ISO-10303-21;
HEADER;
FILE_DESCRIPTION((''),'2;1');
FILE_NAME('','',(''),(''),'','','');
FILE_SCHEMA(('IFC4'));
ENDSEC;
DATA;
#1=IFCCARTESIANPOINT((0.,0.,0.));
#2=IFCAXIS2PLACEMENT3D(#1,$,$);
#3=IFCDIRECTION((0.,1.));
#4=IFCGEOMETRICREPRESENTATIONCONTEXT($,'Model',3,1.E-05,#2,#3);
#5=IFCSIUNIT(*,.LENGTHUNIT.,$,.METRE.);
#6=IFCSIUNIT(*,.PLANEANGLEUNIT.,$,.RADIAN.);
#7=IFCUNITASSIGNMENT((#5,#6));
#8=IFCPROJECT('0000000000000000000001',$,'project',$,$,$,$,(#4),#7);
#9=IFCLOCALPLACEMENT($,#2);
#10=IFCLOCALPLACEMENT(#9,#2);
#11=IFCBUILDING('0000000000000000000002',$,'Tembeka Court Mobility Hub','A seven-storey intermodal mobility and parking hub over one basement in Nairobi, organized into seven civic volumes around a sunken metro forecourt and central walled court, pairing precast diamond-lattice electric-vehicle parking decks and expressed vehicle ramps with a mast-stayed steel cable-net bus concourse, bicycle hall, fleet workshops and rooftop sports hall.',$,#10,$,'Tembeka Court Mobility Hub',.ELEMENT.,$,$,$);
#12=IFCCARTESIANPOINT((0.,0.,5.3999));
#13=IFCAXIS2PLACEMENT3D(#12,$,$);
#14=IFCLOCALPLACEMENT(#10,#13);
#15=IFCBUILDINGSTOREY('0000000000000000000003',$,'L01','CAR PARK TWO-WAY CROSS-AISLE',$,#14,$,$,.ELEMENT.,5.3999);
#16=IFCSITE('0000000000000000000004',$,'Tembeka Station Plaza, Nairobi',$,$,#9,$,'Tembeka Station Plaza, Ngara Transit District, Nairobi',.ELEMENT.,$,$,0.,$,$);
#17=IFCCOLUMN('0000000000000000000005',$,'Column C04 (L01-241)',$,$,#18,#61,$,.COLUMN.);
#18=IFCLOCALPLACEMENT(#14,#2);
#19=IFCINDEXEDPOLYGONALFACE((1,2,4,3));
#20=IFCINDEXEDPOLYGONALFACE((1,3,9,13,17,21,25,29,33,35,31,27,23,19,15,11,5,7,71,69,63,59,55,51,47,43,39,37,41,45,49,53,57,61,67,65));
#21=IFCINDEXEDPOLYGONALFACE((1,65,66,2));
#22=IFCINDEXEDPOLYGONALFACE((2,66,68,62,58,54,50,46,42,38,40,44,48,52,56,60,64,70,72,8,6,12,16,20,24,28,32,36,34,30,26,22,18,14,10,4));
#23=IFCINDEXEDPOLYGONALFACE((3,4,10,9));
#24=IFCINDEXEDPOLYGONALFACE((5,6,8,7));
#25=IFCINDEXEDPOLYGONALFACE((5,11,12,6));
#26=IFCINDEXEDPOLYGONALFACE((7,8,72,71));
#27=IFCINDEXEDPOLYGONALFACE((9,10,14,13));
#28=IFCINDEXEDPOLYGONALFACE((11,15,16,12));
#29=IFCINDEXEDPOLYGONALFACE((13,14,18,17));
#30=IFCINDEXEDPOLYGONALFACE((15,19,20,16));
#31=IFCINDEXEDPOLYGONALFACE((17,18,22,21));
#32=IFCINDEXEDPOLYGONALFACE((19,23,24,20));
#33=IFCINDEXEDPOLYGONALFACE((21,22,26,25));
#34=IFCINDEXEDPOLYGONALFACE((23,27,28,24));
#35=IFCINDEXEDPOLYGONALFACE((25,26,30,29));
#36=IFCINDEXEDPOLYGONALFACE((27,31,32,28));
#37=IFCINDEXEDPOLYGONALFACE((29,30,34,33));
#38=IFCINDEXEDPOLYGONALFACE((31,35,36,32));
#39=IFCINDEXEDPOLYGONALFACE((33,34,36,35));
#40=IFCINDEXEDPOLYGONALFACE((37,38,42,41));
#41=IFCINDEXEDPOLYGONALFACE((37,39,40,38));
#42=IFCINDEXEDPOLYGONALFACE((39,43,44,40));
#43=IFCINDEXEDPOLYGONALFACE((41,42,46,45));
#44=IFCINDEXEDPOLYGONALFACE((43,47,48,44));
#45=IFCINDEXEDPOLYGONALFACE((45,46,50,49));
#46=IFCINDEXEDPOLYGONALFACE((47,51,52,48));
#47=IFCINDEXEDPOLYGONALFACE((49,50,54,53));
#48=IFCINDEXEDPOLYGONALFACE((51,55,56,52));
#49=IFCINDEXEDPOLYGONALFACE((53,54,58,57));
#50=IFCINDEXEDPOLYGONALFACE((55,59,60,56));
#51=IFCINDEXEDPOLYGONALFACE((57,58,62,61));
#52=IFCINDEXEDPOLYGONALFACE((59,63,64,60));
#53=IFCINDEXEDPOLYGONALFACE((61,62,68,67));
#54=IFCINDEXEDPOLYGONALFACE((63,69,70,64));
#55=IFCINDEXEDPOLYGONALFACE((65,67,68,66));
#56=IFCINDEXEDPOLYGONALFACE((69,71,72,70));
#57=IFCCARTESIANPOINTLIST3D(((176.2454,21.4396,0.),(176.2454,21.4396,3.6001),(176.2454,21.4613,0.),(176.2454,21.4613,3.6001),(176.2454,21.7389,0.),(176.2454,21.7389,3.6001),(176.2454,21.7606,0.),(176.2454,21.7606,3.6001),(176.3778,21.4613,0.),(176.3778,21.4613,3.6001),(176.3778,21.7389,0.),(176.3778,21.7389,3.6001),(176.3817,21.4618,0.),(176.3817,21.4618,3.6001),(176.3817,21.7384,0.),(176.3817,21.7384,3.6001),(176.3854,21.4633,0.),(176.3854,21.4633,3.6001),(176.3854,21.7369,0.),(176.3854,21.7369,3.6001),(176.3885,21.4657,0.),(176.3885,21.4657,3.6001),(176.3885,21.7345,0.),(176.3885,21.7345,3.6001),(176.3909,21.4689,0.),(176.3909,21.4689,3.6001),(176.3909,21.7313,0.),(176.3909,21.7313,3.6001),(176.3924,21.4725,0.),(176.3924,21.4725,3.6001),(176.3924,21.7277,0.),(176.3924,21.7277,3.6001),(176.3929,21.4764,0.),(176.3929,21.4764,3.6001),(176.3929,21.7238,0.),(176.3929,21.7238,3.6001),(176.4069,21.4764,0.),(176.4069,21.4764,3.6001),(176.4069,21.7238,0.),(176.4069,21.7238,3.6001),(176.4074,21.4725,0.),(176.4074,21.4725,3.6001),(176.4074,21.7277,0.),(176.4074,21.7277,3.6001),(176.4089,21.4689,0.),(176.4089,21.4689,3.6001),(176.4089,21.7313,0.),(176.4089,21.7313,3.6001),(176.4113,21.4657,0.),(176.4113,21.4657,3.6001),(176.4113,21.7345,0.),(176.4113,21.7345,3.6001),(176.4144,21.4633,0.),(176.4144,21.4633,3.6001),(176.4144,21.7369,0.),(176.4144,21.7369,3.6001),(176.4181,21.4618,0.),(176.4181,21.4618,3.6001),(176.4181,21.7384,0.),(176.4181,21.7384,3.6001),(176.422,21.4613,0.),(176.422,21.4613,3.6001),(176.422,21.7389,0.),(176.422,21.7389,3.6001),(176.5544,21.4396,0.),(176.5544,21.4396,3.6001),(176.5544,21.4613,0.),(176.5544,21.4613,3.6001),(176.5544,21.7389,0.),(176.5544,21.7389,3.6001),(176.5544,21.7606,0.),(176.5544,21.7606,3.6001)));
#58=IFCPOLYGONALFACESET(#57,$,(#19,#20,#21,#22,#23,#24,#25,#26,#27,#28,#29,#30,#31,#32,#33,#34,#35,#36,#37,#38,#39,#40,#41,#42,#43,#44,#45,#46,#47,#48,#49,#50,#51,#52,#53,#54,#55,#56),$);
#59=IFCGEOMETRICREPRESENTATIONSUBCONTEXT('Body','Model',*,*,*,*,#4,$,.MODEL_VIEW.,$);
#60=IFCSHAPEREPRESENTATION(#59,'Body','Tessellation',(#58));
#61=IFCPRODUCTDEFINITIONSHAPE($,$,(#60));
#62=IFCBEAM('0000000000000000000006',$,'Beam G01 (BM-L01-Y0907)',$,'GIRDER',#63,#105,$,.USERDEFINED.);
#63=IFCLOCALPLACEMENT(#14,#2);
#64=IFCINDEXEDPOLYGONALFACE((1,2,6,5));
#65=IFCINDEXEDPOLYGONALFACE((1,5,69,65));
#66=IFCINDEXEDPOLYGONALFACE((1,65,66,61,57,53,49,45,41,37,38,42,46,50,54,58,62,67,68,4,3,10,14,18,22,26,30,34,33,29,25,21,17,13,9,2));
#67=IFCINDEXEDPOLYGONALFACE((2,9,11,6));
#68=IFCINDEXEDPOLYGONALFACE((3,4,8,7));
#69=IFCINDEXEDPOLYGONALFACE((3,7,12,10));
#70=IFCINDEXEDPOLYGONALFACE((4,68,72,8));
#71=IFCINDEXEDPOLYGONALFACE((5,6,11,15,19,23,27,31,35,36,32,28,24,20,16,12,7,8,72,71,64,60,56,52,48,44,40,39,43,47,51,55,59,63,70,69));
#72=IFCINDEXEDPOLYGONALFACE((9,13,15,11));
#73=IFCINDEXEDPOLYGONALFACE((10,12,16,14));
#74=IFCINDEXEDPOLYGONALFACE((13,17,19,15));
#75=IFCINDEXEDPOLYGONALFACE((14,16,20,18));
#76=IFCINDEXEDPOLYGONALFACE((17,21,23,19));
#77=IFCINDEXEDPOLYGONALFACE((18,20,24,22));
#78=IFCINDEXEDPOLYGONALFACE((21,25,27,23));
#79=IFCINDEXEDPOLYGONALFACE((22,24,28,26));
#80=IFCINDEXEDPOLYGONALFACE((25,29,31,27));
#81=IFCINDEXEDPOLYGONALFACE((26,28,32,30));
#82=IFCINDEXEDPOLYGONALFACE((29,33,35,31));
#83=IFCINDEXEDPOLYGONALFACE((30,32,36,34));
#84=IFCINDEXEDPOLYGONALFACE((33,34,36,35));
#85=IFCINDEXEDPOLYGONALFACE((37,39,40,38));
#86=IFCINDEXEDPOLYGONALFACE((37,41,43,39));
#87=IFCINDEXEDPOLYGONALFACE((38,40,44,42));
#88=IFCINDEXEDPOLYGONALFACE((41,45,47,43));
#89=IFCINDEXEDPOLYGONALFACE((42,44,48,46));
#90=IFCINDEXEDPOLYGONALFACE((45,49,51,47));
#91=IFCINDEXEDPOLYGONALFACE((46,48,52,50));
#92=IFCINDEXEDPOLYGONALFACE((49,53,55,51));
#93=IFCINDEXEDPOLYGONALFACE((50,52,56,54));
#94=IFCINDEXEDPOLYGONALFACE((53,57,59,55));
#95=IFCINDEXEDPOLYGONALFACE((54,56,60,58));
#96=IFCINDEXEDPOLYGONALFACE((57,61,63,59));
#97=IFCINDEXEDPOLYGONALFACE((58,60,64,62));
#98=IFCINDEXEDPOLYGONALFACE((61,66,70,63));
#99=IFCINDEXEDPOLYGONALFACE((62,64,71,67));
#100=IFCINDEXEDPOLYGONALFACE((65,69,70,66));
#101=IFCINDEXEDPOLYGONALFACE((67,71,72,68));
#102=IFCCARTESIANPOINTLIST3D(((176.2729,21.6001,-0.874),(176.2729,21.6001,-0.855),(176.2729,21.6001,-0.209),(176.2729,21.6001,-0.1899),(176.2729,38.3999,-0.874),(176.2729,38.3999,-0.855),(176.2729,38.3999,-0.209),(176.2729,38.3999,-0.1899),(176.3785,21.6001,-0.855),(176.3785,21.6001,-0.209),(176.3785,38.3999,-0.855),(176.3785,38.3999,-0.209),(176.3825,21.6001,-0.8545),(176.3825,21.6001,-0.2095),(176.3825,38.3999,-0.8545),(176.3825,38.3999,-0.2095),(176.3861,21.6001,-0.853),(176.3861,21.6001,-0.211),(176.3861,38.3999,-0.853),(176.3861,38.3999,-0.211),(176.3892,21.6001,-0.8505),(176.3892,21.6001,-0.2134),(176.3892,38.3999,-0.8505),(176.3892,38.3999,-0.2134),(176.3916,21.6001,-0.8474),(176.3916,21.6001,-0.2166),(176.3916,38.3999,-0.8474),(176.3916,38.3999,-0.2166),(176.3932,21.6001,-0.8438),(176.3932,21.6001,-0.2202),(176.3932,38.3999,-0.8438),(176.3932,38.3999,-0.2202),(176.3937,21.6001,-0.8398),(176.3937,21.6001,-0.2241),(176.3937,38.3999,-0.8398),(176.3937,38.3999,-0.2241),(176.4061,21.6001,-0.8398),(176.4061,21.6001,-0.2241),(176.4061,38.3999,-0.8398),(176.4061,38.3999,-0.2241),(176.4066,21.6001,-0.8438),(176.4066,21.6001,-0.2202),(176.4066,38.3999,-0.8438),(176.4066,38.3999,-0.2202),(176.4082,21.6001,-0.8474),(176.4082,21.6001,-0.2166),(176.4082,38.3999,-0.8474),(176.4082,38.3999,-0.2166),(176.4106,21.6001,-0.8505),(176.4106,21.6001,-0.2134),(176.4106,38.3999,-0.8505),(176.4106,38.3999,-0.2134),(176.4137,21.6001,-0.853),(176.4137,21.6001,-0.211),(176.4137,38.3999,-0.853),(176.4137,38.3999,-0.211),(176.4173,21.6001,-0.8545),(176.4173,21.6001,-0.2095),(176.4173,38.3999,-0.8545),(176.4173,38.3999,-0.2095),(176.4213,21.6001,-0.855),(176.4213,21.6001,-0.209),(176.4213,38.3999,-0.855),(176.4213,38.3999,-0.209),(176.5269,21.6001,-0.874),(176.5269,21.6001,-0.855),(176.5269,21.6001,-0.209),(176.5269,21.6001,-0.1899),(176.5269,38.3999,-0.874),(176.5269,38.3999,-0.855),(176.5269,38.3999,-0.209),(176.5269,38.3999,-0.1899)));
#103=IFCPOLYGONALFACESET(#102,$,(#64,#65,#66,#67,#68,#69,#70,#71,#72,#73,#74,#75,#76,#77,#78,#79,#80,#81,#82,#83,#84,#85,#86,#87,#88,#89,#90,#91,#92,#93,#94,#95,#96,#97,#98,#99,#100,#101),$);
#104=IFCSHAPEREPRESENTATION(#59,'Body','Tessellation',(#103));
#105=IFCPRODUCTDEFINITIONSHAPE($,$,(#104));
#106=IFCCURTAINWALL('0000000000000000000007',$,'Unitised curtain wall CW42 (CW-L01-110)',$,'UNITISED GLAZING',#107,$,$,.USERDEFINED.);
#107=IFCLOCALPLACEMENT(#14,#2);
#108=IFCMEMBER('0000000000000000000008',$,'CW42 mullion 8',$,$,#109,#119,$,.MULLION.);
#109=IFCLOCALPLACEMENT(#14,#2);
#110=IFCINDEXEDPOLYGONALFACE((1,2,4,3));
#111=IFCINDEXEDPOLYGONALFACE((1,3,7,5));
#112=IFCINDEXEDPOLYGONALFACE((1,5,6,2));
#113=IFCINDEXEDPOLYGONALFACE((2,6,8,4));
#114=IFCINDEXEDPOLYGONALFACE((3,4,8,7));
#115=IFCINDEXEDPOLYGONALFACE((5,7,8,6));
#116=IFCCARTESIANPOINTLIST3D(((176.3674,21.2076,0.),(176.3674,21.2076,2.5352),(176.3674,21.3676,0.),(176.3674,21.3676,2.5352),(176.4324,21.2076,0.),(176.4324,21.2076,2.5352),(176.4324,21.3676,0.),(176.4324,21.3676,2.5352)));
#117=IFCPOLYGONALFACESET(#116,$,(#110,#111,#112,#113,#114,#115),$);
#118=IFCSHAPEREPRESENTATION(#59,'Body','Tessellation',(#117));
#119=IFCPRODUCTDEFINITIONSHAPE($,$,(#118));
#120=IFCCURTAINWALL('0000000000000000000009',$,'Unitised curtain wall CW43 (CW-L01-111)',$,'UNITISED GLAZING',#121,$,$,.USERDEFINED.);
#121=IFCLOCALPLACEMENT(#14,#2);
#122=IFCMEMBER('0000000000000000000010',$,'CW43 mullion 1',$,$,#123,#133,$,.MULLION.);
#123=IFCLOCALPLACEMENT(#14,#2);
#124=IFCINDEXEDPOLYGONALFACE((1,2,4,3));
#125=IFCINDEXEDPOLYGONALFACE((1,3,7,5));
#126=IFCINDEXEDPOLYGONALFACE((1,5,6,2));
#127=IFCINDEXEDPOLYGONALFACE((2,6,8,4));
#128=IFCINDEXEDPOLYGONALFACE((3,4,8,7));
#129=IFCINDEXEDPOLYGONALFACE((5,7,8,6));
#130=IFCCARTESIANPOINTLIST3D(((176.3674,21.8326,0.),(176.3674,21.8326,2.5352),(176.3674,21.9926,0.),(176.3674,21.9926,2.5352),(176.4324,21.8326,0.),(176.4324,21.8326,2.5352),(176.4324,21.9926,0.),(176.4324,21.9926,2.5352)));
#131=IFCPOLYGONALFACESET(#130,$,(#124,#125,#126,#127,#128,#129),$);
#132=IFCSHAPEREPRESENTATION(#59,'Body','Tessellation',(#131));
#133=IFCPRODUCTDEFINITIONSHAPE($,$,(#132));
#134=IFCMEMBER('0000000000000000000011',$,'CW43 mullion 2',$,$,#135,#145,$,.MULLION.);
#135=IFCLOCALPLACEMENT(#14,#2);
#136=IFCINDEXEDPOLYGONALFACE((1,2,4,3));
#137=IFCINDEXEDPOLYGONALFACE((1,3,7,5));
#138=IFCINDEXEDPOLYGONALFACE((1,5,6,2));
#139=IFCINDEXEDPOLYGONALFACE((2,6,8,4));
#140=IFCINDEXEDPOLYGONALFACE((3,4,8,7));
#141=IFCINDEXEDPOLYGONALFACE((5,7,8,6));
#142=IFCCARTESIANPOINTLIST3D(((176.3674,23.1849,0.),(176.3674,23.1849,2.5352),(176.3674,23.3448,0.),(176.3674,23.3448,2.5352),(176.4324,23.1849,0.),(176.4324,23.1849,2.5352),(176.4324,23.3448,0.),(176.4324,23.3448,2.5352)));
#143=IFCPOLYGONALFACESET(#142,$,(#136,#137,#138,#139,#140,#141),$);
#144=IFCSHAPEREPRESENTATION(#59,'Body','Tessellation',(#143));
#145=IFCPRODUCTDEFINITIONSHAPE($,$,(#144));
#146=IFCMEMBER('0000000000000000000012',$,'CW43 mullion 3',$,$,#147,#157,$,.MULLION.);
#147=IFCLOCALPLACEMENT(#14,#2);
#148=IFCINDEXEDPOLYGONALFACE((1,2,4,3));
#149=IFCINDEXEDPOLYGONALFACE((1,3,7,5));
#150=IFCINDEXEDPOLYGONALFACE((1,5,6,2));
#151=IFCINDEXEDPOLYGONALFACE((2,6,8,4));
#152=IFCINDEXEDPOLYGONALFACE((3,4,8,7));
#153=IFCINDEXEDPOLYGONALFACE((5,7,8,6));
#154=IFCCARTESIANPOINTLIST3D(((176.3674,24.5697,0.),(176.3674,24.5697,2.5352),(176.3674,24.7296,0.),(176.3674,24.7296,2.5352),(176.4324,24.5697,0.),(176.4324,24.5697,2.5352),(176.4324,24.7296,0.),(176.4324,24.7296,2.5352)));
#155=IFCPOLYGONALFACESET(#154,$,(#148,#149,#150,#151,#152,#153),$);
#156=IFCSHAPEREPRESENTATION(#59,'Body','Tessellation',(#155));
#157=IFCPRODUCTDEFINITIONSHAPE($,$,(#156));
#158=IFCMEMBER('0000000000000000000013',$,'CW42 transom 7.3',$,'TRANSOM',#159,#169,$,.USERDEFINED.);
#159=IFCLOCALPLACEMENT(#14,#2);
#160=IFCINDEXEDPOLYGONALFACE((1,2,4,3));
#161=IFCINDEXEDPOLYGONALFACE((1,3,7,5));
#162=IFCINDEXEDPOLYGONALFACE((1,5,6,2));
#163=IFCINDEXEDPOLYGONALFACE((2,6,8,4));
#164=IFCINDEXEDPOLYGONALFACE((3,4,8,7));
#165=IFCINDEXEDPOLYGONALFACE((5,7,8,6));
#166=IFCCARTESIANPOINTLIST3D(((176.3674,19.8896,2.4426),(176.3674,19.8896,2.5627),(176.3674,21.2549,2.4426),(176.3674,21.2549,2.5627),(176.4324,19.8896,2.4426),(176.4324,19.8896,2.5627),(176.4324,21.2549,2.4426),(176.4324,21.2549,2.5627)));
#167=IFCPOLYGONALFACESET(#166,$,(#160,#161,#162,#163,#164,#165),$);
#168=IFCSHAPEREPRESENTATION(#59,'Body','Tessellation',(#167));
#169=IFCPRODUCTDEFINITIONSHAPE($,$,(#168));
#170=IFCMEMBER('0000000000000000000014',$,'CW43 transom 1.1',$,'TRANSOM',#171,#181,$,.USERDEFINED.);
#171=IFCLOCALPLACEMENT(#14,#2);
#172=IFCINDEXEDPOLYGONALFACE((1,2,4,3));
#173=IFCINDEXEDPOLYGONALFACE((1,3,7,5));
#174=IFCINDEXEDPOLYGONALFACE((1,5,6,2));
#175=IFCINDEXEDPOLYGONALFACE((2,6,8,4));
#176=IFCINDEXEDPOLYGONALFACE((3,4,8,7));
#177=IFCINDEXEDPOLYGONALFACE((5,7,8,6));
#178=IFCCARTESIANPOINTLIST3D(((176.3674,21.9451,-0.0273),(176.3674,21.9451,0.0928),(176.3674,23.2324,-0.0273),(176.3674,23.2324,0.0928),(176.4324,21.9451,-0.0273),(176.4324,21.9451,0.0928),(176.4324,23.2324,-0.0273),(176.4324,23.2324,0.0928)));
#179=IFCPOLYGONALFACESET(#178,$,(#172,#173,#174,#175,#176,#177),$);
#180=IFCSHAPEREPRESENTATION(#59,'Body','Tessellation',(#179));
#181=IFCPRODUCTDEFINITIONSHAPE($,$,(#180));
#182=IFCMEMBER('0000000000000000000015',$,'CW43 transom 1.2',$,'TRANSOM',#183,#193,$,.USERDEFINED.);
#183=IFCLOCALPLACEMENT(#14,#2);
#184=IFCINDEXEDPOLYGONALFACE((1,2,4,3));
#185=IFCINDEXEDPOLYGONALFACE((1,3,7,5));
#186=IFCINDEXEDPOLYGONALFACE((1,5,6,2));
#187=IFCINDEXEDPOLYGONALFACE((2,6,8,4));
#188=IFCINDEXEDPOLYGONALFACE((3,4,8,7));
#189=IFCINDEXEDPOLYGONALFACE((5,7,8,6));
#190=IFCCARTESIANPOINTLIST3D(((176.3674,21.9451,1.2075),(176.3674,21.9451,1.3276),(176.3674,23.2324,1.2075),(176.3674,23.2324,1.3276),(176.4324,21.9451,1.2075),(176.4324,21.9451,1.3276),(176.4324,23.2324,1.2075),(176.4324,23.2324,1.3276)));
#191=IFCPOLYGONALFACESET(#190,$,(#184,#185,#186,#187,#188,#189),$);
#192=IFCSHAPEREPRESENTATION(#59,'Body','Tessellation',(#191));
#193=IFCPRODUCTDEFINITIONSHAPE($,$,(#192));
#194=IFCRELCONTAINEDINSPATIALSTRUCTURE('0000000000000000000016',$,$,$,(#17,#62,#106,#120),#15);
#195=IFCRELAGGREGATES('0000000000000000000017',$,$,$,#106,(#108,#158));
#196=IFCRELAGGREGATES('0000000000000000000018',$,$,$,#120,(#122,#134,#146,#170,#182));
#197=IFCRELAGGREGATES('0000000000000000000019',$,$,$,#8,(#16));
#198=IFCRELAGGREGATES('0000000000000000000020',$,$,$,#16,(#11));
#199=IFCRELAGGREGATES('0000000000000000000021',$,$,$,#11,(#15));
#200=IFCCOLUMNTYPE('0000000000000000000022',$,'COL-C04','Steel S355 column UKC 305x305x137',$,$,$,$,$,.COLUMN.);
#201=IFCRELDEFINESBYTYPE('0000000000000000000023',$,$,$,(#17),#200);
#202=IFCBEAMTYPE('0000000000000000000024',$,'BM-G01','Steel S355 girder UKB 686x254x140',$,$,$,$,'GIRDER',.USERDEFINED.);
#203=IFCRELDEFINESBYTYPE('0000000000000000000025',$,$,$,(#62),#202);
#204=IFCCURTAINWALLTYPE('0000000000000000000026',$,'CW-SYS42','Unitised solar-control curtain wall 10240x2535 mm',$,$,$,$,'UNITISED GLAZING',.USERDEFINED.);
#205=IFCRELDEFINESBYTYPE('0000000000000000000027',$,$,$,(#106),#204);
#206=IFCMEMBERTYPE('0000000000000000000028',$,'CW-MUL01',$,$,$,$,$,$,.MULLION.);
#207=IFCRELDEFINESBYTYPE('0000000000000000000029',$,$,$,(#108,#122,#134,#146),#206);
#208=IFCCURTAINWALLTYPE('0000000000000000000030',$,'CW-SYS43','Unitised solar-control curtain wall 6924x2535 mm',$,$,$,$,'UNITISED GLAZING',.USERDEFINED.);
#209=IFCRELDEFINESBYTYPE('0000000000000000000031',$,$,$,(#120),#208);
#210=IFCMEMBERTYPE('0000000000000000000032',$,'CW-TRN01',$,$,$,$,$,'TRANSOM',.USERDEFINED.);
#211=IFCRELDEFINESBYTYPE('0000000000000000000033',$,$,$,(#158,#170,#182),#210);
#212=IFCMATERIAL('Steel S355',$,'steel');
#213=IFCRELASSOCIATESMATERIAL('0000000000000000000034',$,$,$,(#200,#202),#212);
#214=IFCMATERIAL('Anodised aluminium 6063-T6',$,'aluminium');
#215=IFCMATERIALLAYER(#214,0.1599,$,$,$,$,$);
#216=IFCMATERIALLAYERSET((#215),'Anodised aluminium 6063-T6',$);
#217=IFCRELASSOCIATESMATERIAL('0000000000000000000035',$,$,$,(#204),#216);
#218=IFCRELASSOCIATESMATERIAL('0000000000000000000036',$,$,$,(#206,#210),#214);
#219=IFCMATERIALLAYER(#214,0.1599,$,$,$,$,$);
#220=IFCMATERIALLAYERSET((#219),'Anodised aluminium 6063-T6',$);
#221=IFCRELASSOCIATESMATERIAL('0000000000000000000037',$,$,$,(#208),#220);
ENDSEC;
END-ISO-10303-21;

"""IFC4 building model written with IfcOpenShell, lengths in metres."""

from ifc_helpers import new_model, si_unit, direction, frame, origin, origin_2d, place, context, subcontext, project, spatial, rectangle, i_section, extrude, material, layer, layer_set, material_profile, profile_set, type_object, element, aggregate, save


model = new_model("IFC4")

# Units and contexts
model_context = context("Model", 3, precision=1e-05, world=origin(), true_north=direction((0.0, 1.0)))
body_context = subcontext(model_context, "Body", "Model", "MODEL_VIEW")
ifc_project = project(units=[si_unit("LENGTHUNIT", "METRE"), si_unit("PLANEANGLEUNIT", "RADIAN")], contexts=[model_context])

# Site, building, storey
site_placement = place(None, origin())
site = spatial("IfcSite", under=ifc_project, at=site_placement, Name="Tembeka Station Plaza, Nairobi", LongName="Tembeka Station Plaza, Ngara Transit District, Nairobi", CompositionType="ELEMENT", RefElevation=0.0)
building_placement = place(site_placement, origin())
building = spatial("IfcBuilding", under=site, at=building_placement, Name="Tembeka Court Mobility Hub", Description="A seven-storey intermodal mobility and parking hub over one basement in Nairobi, organized into seven civic volumes around a sunken metro forecourt and central walled court, pairing precast diamond-lattice electric-vehicle parking decks and expressed vehicle ramps with a mast-stayed steel cable-net bus concourse, bicycle hall, fleet workshops and rooftop sports hall.", LongName="Tembeka Court Mobility Hub", CompositionType="ELEMENT")
storey_placement = place(building_placement, frame((0.0, 0.0, 5.3999)))
storey = spatial("IfcBuildingStorey", under=building, at=storey_placement, Name="L01", Description="CAR PARK TWO-WAY CROSS-AISLE", CompositionType="ELEMENT", Elevation=5.3999)

# Column
ifc_material_1 = material(Name="Steel S355", Category="steel")
ifc_material_profile_1 = material_profile(ifc_material_1, i_section(OverallWidth=0.3091, OverallDepth=0.321, WebThickness=0.0139, FlangeThickness=0.0217, FilletRadius=0.0151, at=origin_2d()), Name="UKC 305x305x137")
ifc_profile_set_1 = profile_set([ifc_material_profile_1], Name="Steel S355")
column_type = type_object("IfcColumnType", Name="COL-C04", Description="Steel S355 column UKC 305x305x137", PredefinedType="COLUMN", material=ifc_profile_set_1)
column_placement = place(storey_placement, frame((176.3999, 21.6001, 0.0), z_axis=(0.0, 0.0, 1.0), x_axis=(1.0, 0.0, 0.0)))
element("IfcColumn", 1, at=column_placement, inside=storey, type_object=column_type, Name="Column C04 (L01-241)", PredefinedType="COLUMN", context=body_context, shape_type="SweptSolid", body=[
    extrude(i_section(OverallWidth=0.3091, OverallDepth=0.321, WebThickness=0.0139, FlangeThickness=0.0217, FilletRadius=0.0151, at=origin_2d()), origin(), (0.0, 0.0, 1.0), 3.6001),
])

# Beam
ifc_material_profile_2 = material_profile(ifc_material_1, i_section(OverallWidth=0.2539, OverallDepth=0.6841, WebThickness=0.0125, FlangeThickness=0.019, FilletRadius=0.0151, at=origin_2d()), Name="UKB 686x254x140")
ifc_profile_set_2 = profile_set([ifc_material_profile_2], Name="Steel S355")
beam_type = type_object("IfcBeamType", Name="BM-G01", Description="Steel S355 girder UKB 686x254x140", ElementType="GIRDER", PredefinedType="USERDEFINED", material=ifc_profile_set_2)
beam_placement = place(storey_placement, frame((176.3999, 21.6001, -0.532), z_axis=(0.0, 1.0, 0.0), x_axis=(-1.0, 0.0, 0.0)))
element("IfcBeam", 2, at=beam_placement, inside=storey, type_object=beam_type, Name="Beam G01 (BM-L01-Y0907)", ObjectType="GIRDER", PredefinedType="USERDEFINED", context=body_context, shape_type="SweptSolid", body=[
    extrude(i_section(OverallWidth=0.2539, OverallDepth=0.6841, WebThickness=0.0125, FlangeThickness=0.019, FilletRadius=0.0151, at=origin_2d()), origin(), (0.0, 0.0, 1.0), 16.7998),
])

# Curtain wall, member
ifc_material_2 = material(Name="Anodised aluminium 6063-T6", Category="aluminium")
ifc_layer_1 = layer(ifc_material_2, 0.1599)
ifc_layer_set_1 = layer_set([ifc_layer_1], Name="Anodised aluminium 6063-T6")
curtain_wall_type_1 = type_object("IfcCurtainWallType", Name="CW-SYS42", Description="Unitised solar-control curtain wall 10240x2535 mm", ElementType="UNITISED GLAZING", PredefinedType="USERDEFINED", material=ifc_layer_set_1)
curtain_wall_1_placement = place(storey_placement, origin())
curtain_wall_1 = element("IfcCurtainWall", 3, at=curtain_wall_1_placement, inside=storey, type_object=curtain_wall_type_1, Name="Unitised curtain wall CW42 (CW-L01-110)", ObjectType="UNITISED GLAZING", PredefinedType="USERDEFINED")
ifc_material_profile_3 = material_profile(ifc_material_2, rectangle(XDim=0.0649, YDim=0.1599, at=origin_2d()), Name="ALU-MUL 65x160")
ifc_profile_set_3 = profile_set([ifc_material_profile_3], Name="Anodised aluminium 6063-T6")
member_type_1 = type_object("IfcMemberType", Name="CW-MUL01", PredefinedType="MULLION", material=ifc_profile_set_3)
member_1_placement = place(storey_placement, frame((176.3999, 21.2876, 0.0), z_axis=(0.0, 0.0, 1.0), x_axis=(-1.0, 0.0, 0.0)))
member_1 = element("IfcMember", 4, at=member_1_placement, type_object=member_type_1, Name="CW42 mullion 8", PredefinedType="MULLION", context=body_context, shape_type="SweptSolid", body=[
    extrude(rectangle(XDim=0.0649, YDim=0.1599, at=origin_2d()), origin(), (0.0, 0.0, 1.0), 2.5352),
])

# Curtain wall, members
ifc_layer_2 = layer(ifc_material_2, 0.1599)
ifc_layer_set_2 = layer_set([ifc_layer_2], Name="Anodised aluminium 6063-T6")
curtain_wall_type_2 = type_object("IfcCurtainWallType", Name="CW-SYS43", Description="Unitised solar-control curtain wall 6924x2535 mm", ElementType="UNITISED GLAZING", PredefinedType="USERDEFINED", material=ifc_layer_set_2)
curtain_wall_2_placement = place(storey_placement, origin())
curtain_wall_2 = element("IfcCurtainWall", 5, at=curtain_wall_2_placement, inside=storey, type_object=curtain_wall_type_2, Name="Unitised curtain wall CW43 (CW-L01-111)", ObjectType="UNITISED GLAZING", PredefinedType="USERDEFINED")
member_2_placement = place(storey_placement, frame((176.3999, 21.9126, 0.0), z_axis=(0.0, 0.0, 1.0), x_axis=(-1.0, 0.0, 0.0)))
member_2 = element("IfcMember", 6, at=member_2_placement, type_object=member_type_1, Name="CW43 mullion 1", PredefinedType="MULLION", context=body_context, shape_type="SweptSolid", body=[
    extrude(rectangle(XDim=0.0649, YDim=0.1599, at=origin_2d()), origin(), (0.0, 0.0, 1.0), 2.5352),
])
member_3_placement = place(storey_placement, frame((176.3999, 23.2649, 0.0), z_axis=(0.0, 0.0, 1.0), x_axis=(-1.0, 0.0, 0.0)))
member_3 = element("IfcMember", 7, at=member_3_placement, type_object=member_type_1, Name="CW43 mullion 2", PredefinedType="MULLION", context=body_context, shape_type="SweptSolid", body=[
    extrude(rectangle(XDim=0.0649, YDim=0.1599, at=origin_2d()), origin(), (0.0, 0.0, 1.0), 2.5352),
])
member_4_placement = place(storey_placement, frame((176.3999, 24.6497, 0.0), z_axis=(0.0, 0.0, 1.0), x_axis=(-1.0, 0.0, 0.0)))
member_4 = element("IfcMember", 8, at=member_4_placement, type_object=member_type_1, Name="CW43 mullion 3", PredefinedType="MULLION", context=body_context, shape_type="SweptSolid", body=[
    extrude(rectangle(XDim=0.0649, YDim=0.1599, at=origin_2d()), origin(), (0.0, 0.0, 1.0), 2.5352),
])

# Members
ifc_material_profile_4 = material_profile(ifc_material_2, rectangle(XDim=0.0649, YDim=0.1201, at=origin_2d()), Name="ALU-TRN 65x120")
ifc_profile_set_4 = profile_set([ifc_material_profile_4], Name="Anodised aluminium 6063-T6")
member_type_2 = type_object("IfcMemberType", Name="CW-TRN01", ElementType="TRANSOM", PredefinedType="USERDEFINED", material=ifc_profile_set_4)
member_5_placement = place(storey_placement, frame((176.3999, 19.8896, 2.5027), z_axis=(0.0, 1.0, 0.0), x_axis=(-1.0, 0.0, 0.0)))
member_5 = element("IfcMember", 9, at=member_5_placement, type_object=member_type_2, Name="CW42 transom 7.3", ObjectType="TRANSOM", PredefinedType="USERDEFINED", context=body_context, shape_type="SweptSolid", body=[
    extrude(rectangle(XDim=0.0649, YDim=0.1201, at=origin_2d()), origin(), (0.0, 0.0, 1.0), 1.3652),
])
member_6_placement = place(storey_placement, frame((176.3999, 21.9451, 0.0327), z_axis=(0.0, 1.0, 0.0), x_axis=(-1.0, 0.0, 0.0)))
member_6 = element("IfcMember", 10, at=member_6_placement, type_object=member_type_2, Name="CW43 transom 1.1", ObjectType="TRANSOM", PredefinedType="USERDEFINED", context=body_context, shape_type="SweptSolid", body=[
    extrude(rectangle(XDim=0.0649, YDim=0.1201, at=origin_2d()), origin(), (0.0, 0.0, 1.0), 1.2874),
])
member_7_placement = place(storey_placement, frame((176.3999, 21.9451, 1.2676), z_axis=(0.0, 1.0, 0.0), x_axis=(-1.0, 0.0, 0.0)))
member_7 = element("IfcMember", 11, at=member_7_placement, type_object=member_type_2, Name="CW43 transom 1.2", ObjectType="TRANSOM", PredefinedType="USERDEFINED", context=body_context, shape_type="SweptSolid", body=[
    extrude(rectangle(XDim=0.0649, YDim=0.1201, at=origin_2d()), origin(), (0.0, 0.0, 1.0), 1.2874),
])

aggregate(curtain_wall_1, [member_1, member_5])
aggregate(curtain_wall_2, [member_2, member_3, member_4, member_6, member_7])

save(model, "model.ifc")
